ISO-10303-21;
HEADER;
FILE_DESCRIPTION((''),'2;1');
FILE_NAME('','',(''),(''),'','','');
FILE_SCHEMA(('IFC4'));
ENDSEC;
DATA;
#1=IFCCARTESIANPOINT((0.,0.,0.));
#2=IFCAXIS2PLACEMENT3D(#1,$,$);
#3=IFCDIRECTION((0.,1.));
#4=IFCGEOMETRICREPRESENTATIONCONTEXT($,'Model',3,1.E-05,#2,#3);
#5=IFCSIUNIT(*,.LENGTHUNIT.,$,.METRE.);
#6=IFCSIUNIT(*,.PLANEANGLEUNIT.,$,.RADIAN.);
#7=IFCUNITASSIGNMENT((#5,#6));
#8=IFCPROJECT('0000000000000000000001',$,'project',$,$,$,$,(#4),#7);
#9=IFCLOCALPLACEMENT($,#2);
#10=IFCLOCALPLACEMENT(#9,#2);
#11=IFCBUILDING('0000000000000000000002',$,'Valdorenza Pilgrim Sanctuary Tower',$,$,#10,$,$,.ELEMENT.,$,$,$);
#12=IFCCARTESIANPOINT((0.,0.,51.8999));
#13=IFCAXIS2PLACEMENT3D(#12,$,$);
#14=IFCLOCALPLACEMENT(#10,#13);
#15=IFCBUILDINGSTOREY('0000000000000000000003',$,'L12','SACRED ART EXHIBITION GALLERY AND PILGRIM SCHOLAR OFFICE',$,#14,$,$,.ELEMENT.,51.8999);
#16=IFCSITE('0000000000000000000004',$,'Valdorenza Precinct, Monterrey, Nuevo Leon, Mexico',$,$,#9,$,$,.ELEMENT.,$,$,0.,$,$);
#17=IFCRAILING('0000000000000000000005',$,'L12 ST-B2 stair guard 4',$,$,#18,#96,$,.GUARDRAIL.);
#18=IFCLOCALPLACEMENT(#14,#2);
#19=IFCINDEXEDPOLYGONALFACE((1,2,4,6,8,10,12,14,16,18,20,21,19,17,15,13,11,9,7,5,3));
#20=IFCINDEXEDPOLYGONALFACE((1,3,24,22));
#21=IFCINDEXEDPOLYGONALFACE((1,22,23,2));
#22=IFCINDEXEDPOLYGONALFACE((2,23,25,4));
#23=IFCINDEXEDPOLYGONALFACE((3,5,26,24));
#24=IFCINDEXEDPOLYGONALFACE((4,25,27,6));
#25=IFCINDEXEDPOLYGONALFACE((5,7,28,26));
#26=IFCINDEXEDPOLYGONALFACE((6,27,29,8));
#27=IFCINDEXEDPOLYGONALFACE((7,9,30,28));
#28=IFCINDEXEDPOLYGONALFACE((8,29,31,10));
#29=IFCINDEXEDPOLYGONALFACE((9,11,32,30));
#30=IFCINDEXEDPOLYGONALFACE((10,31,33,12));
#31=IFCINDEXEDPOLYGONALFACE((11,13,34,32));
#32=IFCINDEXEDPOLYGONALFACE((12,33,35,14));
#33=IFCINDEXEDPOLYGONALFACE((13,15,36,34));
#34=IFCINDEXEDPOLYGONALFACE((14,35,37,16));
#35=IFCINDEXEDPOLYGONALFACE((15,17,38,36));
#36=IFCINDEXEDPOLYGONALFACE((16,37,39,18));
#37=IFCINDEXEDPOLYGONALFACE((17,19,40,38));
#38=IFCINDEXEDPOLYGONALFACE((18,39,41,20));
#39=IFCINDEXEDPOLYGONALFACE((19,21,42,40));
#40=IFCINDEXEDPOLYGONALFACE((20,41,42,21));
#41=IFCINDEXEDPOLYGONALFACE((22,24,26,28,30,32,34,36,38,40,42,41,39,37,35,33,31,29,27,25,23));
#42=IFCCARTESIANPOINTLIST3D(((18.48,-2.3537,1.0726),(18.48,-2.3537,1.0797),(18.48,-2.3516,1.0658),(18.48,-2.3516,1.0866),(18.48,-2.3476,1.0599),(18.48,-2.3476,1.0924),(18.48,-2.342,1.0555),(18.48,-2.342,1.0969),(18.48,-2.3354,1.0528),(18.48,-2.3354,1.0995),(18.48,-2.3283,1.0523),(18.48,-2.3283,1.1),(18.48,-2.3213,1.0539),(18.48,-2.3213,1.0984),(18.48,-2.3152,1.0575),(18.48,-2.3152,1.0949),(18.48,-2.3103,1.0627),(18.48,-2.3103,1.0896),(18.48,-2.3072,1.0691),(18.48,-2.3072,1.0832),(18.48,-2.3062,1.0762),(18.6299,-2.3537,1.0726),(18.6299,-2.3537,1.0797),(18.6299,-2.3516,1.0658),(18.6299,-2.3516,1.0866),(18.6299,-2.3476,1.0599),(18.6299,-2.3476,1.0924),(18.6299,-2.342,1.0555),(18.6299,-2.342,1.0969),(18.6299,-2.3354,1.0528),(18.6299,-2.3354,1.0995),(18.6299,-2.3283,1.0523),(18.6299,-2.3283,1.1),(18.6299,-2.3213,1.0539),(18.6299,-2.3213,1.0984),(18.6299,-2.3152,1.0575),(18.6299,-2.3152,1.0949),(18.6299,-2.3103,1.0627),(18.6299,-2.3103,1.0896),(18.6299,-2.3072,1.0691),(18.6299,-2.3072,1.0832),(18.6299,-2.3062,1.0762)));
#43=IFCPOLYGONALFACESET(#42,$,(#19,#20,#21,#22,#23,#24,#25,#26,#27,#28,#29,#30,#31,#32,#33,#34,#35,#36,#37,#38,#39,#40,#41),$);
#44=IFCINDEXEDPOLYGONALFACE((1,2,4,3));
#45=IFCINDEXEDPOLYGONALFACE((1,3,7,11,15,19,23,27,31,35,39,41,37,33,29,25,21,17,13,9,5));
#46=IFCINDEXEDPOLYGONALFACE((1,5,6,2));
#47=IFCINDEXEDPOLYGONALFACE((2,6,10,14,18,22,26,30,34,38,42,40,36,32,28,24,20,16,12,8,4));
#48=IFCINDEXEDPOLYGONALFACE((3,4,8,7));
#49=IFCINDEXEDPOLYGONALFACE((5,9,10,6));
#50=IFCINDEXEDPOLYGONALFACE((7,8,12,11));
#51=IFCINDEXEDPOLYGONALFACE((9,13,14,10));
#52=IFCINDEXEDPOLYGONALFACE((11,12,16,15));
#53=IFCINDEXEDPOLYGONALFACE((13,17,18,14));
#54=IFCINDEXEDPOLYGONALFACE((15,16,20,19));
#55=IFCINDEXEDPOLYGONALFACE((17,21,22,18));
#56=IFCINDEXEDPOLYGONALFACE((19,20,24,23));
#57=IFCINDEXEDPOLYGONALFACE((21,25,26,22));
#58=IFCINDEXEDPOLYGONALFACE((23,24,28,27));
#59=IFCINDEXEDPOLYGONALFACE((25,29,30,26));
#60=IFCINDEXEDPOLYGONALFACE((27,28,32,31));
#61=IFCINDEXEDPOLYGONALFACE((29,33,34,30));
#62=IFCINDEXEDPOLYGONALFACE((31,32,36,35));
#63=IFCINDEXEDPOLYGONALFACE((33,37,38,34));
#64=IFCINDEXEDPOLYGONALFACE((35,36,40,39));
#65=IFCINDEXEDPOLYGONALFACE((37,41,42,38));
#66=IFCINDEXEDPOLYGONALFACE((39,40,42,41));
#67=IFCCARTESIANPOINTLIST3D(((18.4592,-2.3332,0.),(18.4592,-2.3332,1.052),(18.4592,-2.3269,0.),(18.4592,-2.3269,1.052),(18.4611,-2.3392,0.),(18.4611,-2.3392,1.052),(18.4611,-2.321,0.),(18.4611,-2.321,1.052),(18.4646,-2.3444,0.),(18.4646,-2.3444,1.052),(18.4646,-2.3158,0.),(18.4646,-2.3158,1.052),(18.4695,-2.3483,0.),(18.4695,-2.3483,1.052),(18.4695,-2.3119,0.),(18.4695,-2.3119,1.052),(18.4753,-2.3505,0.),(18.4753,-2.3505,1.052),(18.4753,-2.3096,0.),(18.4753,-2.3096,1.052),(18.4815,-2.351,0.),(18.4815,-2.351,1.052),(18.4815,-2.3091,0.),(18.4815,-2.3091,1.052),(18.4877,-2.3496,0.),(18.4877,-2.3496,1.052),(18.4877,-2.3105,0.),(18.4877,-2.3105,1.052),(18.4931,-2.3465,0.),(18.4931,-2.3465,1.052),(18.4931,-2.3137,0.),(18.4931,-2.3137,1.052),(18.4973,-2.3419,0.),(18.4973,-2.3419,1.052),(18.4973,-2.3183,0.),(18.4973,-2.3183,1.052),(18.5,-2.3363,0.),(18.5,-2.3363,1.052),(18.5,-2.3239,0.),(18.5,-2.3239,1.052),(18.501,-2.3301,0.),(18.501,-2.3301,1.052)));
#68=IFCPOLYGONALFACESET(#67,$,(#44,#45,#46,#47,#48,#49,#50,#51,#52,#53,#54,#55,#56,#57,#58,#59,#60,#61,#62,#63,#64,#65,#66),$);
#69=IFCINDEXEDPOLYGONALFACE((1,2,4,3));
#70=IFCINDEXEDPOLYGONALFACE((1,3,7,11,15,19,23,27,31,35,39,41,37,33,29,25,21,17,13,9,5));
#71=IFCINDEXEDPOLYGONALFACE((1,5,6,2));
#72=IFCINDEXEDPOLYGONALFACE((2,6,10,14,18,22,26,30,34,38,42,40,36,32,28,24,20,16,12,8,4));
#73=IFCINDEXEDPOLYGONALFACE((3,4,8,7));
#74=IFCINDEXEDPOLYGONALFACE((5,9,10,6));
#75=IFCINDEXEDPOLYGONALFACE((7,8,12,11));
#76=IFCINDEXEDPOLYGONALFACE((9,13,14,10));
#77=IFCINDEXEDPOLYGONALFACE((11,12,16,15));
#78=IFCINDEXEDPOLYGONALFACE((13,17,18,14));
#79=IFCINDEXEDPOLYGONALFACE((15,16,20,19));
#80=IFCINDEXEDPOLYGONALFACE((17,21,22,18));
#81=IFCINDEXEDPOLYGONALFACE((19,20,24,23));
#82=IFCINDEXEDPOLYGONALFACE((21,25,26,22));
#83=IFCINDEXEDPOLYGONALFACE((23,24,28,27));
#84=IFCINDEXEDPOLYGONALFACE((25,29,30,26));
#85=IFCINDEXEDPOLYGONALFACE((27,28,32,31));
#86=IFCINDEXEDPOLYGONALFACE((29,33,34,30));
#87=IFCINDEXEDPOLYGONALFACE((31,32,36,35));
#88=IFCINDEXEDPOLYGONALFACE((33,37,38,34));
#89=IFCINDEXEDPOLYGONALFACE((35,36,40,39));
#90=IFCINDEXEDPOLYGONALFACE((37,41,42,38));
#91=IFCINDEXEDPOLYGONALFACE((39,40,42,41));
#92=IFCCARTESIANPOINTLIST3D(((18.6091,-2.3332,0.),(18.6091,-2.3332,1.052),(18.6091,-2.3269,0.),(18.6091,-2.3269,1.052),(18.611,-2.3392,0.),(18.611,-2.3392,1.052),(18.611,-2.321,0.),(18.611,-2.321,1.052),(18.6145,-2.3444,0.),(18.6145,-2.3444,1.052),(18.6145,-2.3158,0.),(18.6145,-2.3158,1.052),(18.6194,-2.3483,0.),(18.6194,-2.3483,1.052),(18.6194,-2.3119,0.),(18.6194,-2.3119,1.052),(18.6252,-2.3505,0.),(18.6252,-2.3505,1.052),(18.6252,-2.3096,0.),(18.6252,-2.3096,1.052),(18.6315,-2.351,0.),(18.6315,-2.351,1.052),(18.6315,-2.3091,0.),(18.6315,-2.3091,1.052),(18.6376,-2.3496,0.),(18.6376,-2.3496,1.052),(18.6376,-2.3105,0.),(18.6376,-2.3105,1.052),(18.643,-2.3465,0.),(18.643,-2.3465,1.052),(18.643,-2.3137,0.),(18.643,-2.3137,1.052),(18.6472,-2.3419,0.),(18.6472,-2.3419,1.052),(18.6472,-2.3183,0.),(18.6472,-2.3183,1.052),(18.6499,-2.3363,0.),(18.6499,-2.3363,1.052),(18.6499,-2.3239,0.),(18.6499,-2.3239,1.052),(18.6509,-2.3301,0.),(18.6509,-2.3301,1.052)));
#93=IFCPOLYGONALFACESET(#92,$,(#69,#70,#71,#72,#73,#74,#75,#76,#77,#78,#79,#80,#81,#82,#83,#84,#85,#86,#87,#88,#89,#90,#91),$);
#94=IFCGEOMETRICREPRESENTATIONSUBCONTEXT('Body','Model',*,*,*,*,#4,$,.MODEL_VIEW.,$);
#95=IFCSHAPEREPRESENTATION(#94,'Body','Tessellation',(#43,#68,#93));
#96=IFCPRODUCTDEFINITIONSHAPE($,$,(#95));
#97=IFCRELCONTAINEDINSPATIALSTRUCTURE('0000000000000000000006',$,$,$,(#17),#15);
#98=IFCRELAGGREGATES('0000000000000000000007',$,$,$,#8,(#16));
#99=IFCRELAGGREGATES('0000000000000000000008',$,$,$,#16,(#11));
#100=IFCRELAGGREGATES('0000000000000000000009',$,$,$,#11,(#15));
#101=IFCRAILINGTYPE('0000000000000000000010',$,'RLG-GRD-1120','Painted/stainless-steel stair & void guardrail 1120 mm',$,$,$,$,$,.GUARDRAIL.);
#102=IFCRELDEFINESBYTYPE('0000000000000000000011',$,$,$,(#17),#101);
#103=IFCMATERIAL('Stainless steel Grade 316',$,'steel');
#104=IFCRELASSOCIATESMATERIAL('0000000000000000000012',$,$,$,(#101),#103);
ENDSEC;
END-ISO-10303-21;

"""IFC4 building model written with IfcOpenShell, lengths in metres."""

from ifc_helpers import new_model, si_unit, direction, frame, origin, origin_2d, place, context, subcontext, project, spatial, circle, extrude, material, type_object, element, save


model = new_model("IFC4")

# Units and contexts
model_context = context("Model", 3, precision=1e-05, world=origin(), true_north=direction((0.0, 1.0)))
body_context = subcontext(model_context, "Body", "Model", "MODEL_VIEW")
ifc_project = project(units=[si_unit("LENGTHUNIT", "METRE"), si_unit("PLANEANGLEUNIT", "RADIAN")], contexts=[model_context])

# Site, building, storey
site_placement = place(None, origin())
site = spatial("IfcSite", under=ifc_project, at=site_placement, Name="Valdorenza Precinct, Monterrey, Nuevo Leon, Mexico", CompositionType="ELEMENT", RefElevation=0.0)
building_placement = place(site_placement, origin())
building = spatial("IfcBuilding", under=site, at=building_placement, Name="Valdorenza Pilgrim Sanctuary Tower", CompositionType="ELEMENT")
storey_placement = place(building_placement, frame((0.0, 0.0, 51.8999)))
storey = spatial("IfcBuildingStorey", under=building, at=storey_placement, Name="L12", Description="SACRED ART EXHIBITION GALLERY AND PILGRIM SCHOLAR OFFICE", CompositionType="ELEMENT", Elevation=51.8999)

# Railing
ifc_material_1 = material(Name="Stainless steel Grade 316", Category="steel")
railing_type_1 = type_object("IfcRailingType", Name="RLG-GRD-1120", Description="Painted/stainless-steel stair & void guardrail 1120 mm", PredefinedType="GUARDRAIL", material=ifc_material_1)
railing_1_placement = place(storey_placement, frame((18.48, -2.3301, 0.0)))
element("IfcRailing", 1, at=railing_1_placement, inside=storey, type_object=railing_type_1, Name="L12 ST-B2 stair guard 4", PredefinedType="GUARDRAIL", context=body_context, shape_type="SweptSolid", body=[
    extrude(circle(Radius=0.0239, at=origin_2d()), frame((0.0, 0.0, 1.0762), z_axis=(1.0, 0.0, 0.0), x_axis=(0.0, 1.0, 0.0)), (0.0, 0.0, 1.0), 0.1499),
    extrude(circle(Radius=0.021, at=origin_2d()), origin(), (0.0, 0.0, 1.0), 1.052),
    extrude(circle(Radius=0.021, at=origin_2d()), frame((0.1499, 0.0, 0.0)), (0.0, 0.0, 1.0), 1.052),
])

save(model, "model.ifc")
